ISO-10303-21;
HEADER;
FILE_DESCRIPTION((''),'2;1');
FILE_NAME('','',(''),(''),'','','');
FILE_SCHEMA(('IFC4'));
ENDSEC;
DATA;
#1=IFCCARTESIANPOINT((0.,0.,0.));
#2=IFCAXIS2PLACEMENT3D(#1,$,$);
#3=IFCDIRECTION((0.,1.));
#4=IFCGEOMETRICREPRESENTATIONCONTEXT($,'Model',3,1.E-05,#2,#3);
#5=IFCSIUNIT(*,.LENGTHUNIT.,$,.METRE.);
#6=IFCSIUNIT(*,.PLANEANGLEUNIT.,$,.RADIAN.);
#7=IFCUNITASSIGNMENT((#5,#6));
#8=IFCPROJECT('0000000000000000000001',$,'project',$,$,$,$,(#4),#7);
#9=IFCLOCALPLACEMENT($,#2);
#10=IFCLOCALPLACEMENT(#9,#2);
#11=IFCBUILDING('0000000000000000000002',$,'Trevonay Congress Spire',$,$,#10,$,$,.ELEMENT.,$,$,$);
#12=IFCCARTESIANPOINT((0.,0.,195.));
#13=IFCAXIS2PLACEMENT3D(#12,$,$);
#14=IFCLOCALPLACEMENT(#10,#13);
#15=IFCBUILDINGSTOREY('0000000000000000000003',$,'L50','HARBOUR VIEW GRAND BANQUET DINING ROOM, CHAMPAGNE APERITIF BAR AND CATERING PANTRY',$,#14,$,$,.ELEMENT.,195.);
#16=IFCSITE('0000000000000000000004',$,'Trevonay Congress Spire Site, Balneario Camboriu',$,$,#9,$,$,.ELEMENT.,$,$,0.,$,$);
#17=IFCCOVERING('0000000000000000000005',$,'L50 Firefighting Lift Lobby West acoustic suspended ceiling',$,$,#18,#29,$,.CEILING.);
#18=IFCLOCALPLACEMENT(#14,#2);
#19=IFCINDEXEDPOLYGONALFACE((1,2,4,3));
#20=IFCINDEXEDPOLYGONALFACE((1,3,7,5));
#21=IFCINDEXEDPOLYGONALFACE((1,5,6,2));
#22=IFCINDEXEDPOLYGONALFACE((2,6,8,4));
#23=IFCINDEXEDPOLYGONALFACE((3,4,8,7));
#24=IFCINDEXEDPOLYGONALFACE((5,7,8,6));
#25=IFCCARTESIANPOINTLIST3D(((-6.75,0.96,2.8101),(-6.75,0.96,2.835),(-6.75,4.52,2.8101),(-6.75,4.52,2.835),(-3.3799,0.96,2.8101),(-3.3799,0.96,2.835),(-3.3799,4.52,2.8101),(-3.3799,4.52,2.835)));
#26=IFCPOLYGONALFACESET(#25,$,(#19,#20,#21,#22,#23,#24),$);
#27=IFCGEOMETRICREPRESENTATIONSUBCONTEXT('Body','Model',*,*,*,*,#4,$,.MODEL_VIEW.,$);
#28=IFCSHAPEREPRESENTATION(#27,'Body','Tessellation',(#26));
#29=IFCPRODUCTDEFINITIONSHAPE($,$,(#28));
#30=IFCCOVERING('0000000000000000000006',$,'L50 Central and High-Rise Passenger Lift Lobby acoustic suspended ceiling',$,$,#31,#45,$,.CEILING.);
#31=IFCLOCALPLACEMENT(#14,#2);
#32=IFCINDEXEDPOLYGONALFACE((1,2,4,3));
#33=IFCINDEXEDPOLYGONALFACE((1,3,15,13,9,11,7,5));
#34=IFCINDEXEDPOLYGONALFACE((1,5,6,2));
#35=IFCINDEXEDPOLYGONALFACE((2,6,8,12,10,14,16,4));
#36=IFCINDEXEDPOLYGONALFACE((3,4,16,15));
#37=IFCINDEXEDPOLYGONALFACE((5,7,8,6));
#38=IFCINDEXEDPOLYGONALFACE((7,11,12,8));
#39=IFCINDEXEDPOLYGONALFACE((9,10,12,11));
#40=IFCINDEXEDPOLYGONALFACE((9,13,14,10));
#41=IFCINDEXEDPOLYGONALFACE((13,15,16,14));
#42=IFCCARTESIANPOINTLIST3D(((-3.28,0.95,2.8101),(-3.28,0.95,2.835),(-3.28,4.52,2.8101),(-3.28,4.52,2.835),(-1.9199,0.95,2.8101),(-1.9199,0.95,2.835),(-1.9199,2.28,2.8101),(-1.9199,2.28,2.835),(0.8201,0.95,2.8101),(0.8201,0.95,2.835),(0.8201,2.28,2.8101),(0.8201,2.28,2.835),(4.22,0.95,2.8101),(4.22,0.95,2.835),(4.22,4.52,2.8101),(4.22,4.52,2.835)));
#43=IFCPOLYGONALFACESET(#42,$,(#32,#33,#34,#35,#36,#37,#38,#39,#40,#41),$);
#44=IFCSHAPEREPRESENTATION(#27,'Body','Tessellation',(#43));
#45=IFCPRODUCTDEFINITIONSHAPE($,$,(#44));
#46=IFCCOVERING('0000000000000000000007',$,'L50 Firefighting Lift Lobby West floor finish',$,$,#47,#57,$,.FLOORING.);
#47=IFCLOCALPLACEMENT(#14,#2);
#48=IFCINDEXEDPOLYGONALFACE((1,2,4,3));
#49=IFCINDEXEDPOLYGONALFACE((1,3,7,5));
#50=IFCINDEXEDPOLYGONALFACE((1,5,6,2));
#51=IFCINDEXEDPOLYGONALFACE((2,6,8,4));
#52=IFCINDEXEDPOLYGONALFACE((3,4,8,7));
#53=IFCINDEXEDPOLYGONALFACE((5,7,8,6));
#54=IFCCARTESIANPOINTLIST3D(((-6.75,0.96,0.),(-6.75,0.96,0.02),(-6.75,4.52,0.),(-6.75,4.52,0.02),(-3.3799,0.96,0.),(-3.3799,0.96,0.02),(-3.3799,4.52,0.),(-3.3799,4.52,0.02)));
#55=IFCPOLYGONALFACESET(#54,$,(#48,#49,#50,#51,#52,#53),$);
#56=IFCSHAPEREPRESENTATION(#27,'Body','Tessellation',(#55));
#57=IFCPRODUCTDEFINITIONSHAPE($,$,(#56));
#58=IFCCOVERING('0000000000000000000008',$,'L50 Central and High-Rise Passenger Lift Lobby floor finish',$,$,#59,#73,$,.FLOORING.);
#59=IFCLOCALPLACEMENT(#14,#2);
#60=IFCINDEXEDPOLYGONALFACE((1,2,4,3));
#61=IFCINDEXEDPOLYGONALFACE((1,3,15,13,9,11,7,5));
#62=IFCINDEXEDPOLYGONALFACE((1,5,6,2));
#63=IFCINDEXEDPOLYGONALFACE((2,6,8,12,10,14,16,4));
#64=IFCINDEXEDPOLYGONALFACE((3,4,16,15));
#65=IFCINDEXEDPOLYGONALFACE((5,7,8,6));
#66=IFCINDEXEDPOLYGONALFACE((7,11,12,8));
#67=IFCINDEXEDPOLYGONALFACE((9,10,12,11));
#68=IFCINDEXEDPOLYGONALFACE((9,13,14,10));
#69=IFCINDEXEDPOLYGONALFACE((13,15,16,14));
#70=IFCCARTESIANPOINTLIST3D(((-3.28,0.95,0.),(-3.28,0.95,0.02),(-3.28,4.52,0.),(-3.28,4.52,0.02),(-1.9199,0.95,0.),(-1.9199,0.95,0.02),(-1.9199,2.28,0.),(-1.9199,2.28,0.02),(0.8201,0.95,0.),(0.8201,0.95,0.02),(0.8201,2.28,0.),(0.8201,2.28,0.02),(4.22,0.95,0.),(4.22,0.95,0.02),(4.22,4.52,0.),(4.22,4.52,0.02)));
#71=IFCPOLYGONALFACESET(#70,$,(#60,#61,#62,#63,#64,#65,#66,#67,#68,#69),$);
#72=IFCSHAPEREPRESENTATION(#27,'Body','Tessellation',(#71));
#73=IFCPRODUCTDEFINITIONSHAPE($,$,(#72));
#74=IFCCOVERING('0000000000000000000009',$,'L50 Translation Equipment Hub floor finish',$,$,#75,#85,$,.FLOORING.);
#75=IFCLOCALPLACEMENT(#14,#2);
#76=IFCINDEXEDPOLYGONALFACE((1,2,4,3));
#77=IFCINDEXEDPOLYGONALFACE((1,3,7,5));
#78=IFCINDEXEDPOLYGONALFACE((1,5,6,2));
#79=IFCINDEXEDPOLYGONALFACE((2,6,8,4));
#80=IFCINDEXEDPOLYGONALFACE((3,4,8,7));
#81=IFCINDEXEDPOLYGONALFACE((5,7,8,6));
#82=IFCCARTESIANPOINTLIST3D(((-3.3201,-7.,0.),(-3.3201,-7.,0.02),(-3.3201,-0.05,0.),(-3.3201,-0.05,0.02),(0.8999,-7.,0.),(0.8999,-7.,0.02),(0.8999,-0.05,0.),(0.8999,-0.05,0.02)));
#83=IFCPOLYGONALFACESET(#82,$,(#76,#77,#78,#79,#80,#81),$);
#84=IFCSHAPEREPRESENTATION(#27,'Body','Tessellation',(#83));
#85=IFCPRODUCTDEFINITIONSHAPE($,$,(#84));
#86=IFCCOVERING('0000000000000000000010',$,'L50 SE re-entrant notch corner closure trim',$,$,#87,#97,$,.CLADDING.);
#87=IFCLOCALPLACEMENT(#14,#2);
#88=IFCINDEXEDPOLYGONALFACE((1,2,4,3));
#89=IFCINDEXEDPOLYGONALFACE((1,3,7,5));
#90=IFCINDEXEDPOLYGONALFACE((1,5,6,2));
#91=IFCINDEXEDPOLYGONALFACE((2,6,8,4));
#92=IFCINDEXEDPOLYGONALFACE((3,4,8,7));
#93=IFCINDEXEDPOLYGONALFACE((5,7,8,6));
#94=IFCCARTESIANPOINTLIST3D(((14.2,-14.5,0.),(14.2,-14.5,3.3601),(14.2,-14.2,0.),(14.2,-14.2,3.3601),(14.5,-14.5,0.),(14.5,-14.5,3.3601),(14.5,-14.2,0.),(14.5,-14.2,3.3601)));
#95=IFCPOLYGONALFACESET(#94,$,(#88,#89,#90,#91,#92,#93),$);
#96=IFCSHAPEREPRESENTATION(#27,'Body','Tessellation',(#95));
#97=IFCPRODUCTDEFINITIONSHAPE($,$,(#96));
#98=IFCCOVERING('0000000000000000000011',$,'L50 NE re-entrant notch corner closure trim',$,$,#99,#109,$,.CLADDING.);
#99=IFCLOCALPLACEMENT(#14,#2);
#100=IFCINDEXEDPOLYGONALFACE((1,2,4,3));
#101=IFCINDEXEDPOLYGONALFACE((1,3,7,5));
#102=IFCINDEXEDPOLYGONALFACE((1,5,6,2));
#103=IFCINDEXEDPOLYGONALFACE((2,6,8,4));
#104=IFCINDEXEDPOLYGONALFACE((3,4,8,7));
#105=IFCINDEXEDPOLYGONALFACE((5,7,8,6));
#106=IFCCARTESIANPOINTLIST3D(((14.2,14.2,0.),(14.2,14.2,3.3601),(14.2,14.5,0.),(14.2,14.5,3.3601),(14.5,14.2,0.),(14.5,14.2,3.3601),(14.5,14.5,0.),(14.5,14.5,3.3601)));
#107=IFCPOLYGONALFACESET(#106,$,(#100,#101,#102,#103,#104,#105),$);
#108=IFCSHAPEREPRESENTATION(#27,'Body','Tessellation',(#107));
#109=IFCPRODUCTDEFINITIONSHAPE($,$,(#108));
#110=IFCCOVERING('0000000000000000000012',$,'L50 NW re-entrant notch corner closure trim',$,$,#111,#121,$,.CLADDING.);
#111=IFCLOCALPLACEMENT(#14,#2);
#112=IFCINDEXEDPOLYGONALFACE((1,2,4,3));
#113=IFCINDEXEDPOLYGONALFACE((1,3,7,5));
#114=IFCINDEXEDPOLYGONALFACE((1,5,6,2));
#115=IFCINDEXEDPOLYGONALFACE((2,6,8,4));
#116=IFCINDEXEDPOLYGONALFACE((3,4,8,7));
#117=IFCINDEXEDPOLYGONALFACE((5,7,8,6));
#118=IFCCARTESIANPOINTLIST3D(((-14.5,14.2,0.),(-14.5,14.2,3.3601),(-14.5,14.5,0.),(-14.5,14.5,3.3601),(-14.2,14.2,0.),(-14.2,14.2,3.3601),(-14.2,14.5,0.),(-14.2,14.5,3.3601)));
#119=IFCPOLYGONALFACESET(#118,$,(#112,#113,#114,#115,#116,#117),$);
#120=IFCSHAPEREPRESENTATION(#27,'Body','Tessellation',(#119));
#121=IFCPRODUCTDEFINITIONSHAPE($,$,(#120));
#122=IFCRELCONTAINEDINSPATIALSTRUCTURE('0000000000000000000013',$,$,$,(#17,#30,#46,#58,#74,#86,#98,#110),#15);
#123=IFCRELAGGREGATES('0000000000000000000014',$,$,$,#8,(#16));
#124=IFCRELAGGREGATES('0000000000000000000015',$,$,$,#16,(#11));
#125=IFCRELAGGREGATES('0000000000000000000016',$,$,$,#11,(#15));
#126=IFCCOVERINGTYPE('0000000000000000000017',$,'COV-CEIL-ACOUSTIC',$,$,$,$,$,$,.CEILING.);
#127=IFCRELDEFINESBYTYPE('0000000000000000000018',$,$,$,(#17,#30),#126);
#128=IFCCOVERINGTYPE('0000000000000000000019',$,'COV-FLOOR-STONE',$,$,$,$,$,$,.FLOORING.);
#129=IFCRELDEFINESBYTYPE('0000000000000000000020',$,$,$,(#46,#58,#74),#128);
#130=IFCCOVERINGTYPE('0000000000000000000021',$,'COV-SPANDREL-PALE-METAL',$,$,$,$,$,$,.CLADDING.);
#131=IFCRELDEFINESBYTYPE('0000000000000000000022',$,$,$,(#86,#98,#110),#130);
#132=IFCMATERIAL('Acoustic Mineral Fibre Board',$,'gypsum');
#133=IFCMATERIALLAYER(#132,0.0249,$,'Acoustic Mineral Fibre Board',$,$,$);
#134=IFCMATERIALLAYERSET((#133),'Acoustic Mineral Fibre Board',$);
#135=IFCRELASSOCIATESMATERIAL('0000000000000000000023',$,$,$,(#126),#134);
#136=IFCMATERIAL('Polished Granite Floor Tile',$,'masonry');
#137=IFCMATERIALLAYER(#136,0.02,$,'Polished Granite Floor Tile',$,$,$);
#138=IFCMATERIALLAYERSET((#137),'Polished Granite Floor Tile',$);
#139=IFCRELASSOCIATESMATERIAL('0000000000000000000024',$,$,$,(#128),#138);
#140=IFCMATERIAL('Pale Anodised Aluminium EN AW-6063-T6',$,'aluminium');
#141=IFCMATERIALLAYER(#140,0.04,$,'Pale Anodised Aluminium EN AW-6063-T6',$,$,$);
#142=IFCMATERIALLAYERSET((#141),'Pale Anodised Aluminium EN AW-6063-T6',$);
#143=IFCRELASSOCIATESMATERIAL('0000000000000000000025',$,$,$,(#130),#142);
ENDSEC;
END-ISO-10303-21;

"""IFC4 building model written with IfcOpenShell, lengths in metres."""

from ifc_helpers import new_model, si_unit, direction, frame, origin, place, context, subcontext, project, spatial, polyline, outline, extrude, material, layer, layer_set, type_object, element, save


model = new_model("IFC4")

# Units and contexts
model_context = context("Model", 3, precision=1e-05, world=origin(), true_north=direction((0.0, 1.0)))
body_context = subcontext(model_context, "Body", "Model", "MODEL_VIEW")
ifc_project = project(units=[si_unit("LENGTHUNIT", "METRE"), si_unit("PLANEANGLEUNIT", "RADIAN")], contexts=[model_context])

# Site, building, storey
site_placement = place(None, origin())
site = spatial("IfcSite", under=ifc_project, at=site_placement, Name="Trevonay Congress Spire Site, Balneario Camboriu", CompositionType="ELEMENT", RefElevation=0.0)
building_placement = place(site_placement, origin())
building = spatial("IfcBuilding", under=site, at=building_placement, Name="Trevonay Congress Spire", CompositionType="ELEMENT")
storey_placement = place(building_placement, frame((0.0, 0.0, 195.0)))
storey = spatial("IfcBuildingStorey", under=building, at=storey_placement, Name="L50", Description="HARBOUR VIEW GRAND BANQUET DINING ROOM, CHAMPAGNE APERITIF BAR AND CATERING PANTRY", CompositionType="ELEMENT", Elevation=195.0)

# Shared definitions
ifc_material_1 = material(Name="Pale Anodised Aluminium EN AW-6063-T6", Category="aluminium")

# Coverings
ifc_material_2 = material(Name="Acoustic Mineral Fibre Board", Category="gypsum")
ifc_layer_1 = layer(ifc_material_2, 0.0249, Name="Acoustic Mineral Fibre Board")
ifc_layer_set_1 = layer_set([ifc_layer_1], Name="Acoustic Mineral Fibre Board")
covering_type_1 = type_object("IfcCoveringType", Name="COV-CEIL-ACOUSTIC", PredefinedType="CEILING", material=ifc_layer_set_1)
covering_1_placement = place(storey_placement, frame((0.0, 0.0, 2.8101)))
element("IfcCovering", 1, at=covering_1_placement, inside=storey, type_object=covering_type_1, Name="L50 Firefighting Lift Lobby West acoustic suspended ceiling", PredefinedType="CEILING", context=body_context, shape_type="SweptSolid", body=[
    extrude(outline(polyline([(-6.75, 0.96), (-3.3799, 0.96), (-3.3799, 4.52), (-6.75, 4.52), (-6.75, 0.96)])), origin(), (0.0, 0.0, 1.0), 0.0249),
])
covering_2_placement = place(storey_placement, frame((0.0, 0.0, 2.8101)))
element("IfcCovering", 2, at=covering_2_placement, inside=storey, type_object=covering_type_1, Name="L50 Central and High-Rise Passenger Lift Lobby acoustic suspended ceiling", PredefinedType="CEILING", context=body_context, shape_type="SweptSolid", body=[
    extrude(outline(polyline([(-3.28, 0.95), (-1.9199, 0.95), (-1.9199, 2.28), (0.8201, 2.28), (0.8201, 0.95), (4.22, 0.95), (4.22, 4.52), (-3.28, 4.52), (-3.28, 0.95)])), origin(), (0.0, 0.0, 1.0), 0.0249),
])
ifc_material_3 = material(Name="Polished Granite Floor Tile", Category="masonry")
ifc_layer_2 = layer(ifc_material_3, 0.02, Name="Polished Granite Floor Tile")
ifc_layer_set_2 = layer_set([ifc_layer_2], Name="Polished Granite Floor Tile")
covering_type_2 = type_object("IfcCoveringType", Name="COV-FLOOR-STONE", PredefinedType="FLOORING", material=ifc_layer_set_2)
covering_3_placement = place(storey_placement, origin())
element("IfcCovering", 3, at=covering_3_placement, inside=storey, type_object=covering_type_2, Name="L50 Firefighting Lift Lobby West floor finish", PredefinedType="FLOORING", context=body_context, shape_type="SweptSolid", body=[
    extrude(outline(polyline([(-6.75, 0.96), (-3.3799, 0.96), (-3.3799, 4.52), (-6.75, 4.52), (-6.75, 0.96)])), origin(), (0.0, 0.0, 1.0), 0.02),
])
covering_4_placement = place(storey_placement, origin())
element("IfcCovering", 4, at=covering_4_placement, inside=storey, type_object=covering_type_2, Name="L50 Central and High-Rise Passenger Lift Lobby floor finish", PredefinedType="FLOORING", context=body_context, shape_type="SweptSolid", body=[
    extrude(outline(polyline([(-3.28, 0.95), (-1.9199, 0.95), (-1.9199, 2.28), (0.8201, 2.28), (0.8201, 0.95), (4.22, 0.95), (4.22, 4.52), (-3.28, 4.52), (-3.28, 0.95)])), origin(), (0.0, 0.0, 1.0), 0.02),
])
covering_5_placement = place(storey_placement, origin())
element("IfcCovering", 5, at=covering_5_placement, inside=storey, type_object=covering_type_2, Name="L50 Translation Equipment Hub floor finish", PredefinedType="FLOORING", context=body_context, shape_type="SweptSolid", body=[
    extrude(outline(polyline([(-3.3201, -7.0), (0.8999, -7.0), (0.8999, -0.05), (-3.3201, -0.05), (-3.3201, -7.0)])), origin(), (0.0, 0.0, 1.0), 0.02),
])
ifc_layer_3 = layer(ifc_material_1, 0.04, Name="Pale Anodised Aluminium EN AW-6063-T6")
ifc_layer_set_3 = layer_set([ifc_layer_3], Name="Pale Anodised Aluminium EN AW-6063-T6")
covering_type_3 = type_object("IfcCoveringType", Name="COV-SPANDREL-PALE-METAL", PredefinedType="CLADDING", material=ifc_layer_set_3)
covering_6_placement = place(storey_placement, origin())
element("IfcCovering", 6, at=covering_6_placement, inside=storey, type_object=covering_type_3, Name="L50 SE re-entrant notch corner closure trim", PredefinedType="CLADDING", context=body_context, shape_type="SweptSolid", body=[
    extrude(outline(polyline([(14.2, -14.5), (14.5, -14.5), (14.5, -14.2), (14.2, -14.2), (14.2, -14.5)])), origin(), (0.0, 0.0, 1.0), 3.3601),
])
covering_7_placement = place(storey_placement, origin())
element("IfcCovering", 7, at=covering_7_placement, inside=storey, type_object=covering_type_3, Name="L50 NE re-entrant notch corner closure trim", PredefinedType="CLADDING", context=body_context, shape_type="SweptSolid", body=[
    extrude(outline(polyline([(14.2, 14.2), (14.5, 14.2), (14.5, 14.5), (14.2, 14.5), (14.2, 14.2)])), origin(), (0.0, 0.0, 1.0), 3.3601),
])
covering_8_placement = place(storey_placement, origin())
element("IfcCovering", 8, at=covering_8_placement, inside=storey, type_object=covering_type_3, Name="L50 NW re-entrant notch corner closure trim", PredefinedType="CLADDING", context=body_context, shape_type="SweptSolid", body=[
    extrude(outline(polyline([(-14.5, 14.2), (-14.2, 14.2), (-14.2, 14.5), (-14.5, 14.5), (-14.5, 14.2)])), origin(), (0.0, 0.0, 1.0), 3.3601),
])

save(model, "model.ifc")
